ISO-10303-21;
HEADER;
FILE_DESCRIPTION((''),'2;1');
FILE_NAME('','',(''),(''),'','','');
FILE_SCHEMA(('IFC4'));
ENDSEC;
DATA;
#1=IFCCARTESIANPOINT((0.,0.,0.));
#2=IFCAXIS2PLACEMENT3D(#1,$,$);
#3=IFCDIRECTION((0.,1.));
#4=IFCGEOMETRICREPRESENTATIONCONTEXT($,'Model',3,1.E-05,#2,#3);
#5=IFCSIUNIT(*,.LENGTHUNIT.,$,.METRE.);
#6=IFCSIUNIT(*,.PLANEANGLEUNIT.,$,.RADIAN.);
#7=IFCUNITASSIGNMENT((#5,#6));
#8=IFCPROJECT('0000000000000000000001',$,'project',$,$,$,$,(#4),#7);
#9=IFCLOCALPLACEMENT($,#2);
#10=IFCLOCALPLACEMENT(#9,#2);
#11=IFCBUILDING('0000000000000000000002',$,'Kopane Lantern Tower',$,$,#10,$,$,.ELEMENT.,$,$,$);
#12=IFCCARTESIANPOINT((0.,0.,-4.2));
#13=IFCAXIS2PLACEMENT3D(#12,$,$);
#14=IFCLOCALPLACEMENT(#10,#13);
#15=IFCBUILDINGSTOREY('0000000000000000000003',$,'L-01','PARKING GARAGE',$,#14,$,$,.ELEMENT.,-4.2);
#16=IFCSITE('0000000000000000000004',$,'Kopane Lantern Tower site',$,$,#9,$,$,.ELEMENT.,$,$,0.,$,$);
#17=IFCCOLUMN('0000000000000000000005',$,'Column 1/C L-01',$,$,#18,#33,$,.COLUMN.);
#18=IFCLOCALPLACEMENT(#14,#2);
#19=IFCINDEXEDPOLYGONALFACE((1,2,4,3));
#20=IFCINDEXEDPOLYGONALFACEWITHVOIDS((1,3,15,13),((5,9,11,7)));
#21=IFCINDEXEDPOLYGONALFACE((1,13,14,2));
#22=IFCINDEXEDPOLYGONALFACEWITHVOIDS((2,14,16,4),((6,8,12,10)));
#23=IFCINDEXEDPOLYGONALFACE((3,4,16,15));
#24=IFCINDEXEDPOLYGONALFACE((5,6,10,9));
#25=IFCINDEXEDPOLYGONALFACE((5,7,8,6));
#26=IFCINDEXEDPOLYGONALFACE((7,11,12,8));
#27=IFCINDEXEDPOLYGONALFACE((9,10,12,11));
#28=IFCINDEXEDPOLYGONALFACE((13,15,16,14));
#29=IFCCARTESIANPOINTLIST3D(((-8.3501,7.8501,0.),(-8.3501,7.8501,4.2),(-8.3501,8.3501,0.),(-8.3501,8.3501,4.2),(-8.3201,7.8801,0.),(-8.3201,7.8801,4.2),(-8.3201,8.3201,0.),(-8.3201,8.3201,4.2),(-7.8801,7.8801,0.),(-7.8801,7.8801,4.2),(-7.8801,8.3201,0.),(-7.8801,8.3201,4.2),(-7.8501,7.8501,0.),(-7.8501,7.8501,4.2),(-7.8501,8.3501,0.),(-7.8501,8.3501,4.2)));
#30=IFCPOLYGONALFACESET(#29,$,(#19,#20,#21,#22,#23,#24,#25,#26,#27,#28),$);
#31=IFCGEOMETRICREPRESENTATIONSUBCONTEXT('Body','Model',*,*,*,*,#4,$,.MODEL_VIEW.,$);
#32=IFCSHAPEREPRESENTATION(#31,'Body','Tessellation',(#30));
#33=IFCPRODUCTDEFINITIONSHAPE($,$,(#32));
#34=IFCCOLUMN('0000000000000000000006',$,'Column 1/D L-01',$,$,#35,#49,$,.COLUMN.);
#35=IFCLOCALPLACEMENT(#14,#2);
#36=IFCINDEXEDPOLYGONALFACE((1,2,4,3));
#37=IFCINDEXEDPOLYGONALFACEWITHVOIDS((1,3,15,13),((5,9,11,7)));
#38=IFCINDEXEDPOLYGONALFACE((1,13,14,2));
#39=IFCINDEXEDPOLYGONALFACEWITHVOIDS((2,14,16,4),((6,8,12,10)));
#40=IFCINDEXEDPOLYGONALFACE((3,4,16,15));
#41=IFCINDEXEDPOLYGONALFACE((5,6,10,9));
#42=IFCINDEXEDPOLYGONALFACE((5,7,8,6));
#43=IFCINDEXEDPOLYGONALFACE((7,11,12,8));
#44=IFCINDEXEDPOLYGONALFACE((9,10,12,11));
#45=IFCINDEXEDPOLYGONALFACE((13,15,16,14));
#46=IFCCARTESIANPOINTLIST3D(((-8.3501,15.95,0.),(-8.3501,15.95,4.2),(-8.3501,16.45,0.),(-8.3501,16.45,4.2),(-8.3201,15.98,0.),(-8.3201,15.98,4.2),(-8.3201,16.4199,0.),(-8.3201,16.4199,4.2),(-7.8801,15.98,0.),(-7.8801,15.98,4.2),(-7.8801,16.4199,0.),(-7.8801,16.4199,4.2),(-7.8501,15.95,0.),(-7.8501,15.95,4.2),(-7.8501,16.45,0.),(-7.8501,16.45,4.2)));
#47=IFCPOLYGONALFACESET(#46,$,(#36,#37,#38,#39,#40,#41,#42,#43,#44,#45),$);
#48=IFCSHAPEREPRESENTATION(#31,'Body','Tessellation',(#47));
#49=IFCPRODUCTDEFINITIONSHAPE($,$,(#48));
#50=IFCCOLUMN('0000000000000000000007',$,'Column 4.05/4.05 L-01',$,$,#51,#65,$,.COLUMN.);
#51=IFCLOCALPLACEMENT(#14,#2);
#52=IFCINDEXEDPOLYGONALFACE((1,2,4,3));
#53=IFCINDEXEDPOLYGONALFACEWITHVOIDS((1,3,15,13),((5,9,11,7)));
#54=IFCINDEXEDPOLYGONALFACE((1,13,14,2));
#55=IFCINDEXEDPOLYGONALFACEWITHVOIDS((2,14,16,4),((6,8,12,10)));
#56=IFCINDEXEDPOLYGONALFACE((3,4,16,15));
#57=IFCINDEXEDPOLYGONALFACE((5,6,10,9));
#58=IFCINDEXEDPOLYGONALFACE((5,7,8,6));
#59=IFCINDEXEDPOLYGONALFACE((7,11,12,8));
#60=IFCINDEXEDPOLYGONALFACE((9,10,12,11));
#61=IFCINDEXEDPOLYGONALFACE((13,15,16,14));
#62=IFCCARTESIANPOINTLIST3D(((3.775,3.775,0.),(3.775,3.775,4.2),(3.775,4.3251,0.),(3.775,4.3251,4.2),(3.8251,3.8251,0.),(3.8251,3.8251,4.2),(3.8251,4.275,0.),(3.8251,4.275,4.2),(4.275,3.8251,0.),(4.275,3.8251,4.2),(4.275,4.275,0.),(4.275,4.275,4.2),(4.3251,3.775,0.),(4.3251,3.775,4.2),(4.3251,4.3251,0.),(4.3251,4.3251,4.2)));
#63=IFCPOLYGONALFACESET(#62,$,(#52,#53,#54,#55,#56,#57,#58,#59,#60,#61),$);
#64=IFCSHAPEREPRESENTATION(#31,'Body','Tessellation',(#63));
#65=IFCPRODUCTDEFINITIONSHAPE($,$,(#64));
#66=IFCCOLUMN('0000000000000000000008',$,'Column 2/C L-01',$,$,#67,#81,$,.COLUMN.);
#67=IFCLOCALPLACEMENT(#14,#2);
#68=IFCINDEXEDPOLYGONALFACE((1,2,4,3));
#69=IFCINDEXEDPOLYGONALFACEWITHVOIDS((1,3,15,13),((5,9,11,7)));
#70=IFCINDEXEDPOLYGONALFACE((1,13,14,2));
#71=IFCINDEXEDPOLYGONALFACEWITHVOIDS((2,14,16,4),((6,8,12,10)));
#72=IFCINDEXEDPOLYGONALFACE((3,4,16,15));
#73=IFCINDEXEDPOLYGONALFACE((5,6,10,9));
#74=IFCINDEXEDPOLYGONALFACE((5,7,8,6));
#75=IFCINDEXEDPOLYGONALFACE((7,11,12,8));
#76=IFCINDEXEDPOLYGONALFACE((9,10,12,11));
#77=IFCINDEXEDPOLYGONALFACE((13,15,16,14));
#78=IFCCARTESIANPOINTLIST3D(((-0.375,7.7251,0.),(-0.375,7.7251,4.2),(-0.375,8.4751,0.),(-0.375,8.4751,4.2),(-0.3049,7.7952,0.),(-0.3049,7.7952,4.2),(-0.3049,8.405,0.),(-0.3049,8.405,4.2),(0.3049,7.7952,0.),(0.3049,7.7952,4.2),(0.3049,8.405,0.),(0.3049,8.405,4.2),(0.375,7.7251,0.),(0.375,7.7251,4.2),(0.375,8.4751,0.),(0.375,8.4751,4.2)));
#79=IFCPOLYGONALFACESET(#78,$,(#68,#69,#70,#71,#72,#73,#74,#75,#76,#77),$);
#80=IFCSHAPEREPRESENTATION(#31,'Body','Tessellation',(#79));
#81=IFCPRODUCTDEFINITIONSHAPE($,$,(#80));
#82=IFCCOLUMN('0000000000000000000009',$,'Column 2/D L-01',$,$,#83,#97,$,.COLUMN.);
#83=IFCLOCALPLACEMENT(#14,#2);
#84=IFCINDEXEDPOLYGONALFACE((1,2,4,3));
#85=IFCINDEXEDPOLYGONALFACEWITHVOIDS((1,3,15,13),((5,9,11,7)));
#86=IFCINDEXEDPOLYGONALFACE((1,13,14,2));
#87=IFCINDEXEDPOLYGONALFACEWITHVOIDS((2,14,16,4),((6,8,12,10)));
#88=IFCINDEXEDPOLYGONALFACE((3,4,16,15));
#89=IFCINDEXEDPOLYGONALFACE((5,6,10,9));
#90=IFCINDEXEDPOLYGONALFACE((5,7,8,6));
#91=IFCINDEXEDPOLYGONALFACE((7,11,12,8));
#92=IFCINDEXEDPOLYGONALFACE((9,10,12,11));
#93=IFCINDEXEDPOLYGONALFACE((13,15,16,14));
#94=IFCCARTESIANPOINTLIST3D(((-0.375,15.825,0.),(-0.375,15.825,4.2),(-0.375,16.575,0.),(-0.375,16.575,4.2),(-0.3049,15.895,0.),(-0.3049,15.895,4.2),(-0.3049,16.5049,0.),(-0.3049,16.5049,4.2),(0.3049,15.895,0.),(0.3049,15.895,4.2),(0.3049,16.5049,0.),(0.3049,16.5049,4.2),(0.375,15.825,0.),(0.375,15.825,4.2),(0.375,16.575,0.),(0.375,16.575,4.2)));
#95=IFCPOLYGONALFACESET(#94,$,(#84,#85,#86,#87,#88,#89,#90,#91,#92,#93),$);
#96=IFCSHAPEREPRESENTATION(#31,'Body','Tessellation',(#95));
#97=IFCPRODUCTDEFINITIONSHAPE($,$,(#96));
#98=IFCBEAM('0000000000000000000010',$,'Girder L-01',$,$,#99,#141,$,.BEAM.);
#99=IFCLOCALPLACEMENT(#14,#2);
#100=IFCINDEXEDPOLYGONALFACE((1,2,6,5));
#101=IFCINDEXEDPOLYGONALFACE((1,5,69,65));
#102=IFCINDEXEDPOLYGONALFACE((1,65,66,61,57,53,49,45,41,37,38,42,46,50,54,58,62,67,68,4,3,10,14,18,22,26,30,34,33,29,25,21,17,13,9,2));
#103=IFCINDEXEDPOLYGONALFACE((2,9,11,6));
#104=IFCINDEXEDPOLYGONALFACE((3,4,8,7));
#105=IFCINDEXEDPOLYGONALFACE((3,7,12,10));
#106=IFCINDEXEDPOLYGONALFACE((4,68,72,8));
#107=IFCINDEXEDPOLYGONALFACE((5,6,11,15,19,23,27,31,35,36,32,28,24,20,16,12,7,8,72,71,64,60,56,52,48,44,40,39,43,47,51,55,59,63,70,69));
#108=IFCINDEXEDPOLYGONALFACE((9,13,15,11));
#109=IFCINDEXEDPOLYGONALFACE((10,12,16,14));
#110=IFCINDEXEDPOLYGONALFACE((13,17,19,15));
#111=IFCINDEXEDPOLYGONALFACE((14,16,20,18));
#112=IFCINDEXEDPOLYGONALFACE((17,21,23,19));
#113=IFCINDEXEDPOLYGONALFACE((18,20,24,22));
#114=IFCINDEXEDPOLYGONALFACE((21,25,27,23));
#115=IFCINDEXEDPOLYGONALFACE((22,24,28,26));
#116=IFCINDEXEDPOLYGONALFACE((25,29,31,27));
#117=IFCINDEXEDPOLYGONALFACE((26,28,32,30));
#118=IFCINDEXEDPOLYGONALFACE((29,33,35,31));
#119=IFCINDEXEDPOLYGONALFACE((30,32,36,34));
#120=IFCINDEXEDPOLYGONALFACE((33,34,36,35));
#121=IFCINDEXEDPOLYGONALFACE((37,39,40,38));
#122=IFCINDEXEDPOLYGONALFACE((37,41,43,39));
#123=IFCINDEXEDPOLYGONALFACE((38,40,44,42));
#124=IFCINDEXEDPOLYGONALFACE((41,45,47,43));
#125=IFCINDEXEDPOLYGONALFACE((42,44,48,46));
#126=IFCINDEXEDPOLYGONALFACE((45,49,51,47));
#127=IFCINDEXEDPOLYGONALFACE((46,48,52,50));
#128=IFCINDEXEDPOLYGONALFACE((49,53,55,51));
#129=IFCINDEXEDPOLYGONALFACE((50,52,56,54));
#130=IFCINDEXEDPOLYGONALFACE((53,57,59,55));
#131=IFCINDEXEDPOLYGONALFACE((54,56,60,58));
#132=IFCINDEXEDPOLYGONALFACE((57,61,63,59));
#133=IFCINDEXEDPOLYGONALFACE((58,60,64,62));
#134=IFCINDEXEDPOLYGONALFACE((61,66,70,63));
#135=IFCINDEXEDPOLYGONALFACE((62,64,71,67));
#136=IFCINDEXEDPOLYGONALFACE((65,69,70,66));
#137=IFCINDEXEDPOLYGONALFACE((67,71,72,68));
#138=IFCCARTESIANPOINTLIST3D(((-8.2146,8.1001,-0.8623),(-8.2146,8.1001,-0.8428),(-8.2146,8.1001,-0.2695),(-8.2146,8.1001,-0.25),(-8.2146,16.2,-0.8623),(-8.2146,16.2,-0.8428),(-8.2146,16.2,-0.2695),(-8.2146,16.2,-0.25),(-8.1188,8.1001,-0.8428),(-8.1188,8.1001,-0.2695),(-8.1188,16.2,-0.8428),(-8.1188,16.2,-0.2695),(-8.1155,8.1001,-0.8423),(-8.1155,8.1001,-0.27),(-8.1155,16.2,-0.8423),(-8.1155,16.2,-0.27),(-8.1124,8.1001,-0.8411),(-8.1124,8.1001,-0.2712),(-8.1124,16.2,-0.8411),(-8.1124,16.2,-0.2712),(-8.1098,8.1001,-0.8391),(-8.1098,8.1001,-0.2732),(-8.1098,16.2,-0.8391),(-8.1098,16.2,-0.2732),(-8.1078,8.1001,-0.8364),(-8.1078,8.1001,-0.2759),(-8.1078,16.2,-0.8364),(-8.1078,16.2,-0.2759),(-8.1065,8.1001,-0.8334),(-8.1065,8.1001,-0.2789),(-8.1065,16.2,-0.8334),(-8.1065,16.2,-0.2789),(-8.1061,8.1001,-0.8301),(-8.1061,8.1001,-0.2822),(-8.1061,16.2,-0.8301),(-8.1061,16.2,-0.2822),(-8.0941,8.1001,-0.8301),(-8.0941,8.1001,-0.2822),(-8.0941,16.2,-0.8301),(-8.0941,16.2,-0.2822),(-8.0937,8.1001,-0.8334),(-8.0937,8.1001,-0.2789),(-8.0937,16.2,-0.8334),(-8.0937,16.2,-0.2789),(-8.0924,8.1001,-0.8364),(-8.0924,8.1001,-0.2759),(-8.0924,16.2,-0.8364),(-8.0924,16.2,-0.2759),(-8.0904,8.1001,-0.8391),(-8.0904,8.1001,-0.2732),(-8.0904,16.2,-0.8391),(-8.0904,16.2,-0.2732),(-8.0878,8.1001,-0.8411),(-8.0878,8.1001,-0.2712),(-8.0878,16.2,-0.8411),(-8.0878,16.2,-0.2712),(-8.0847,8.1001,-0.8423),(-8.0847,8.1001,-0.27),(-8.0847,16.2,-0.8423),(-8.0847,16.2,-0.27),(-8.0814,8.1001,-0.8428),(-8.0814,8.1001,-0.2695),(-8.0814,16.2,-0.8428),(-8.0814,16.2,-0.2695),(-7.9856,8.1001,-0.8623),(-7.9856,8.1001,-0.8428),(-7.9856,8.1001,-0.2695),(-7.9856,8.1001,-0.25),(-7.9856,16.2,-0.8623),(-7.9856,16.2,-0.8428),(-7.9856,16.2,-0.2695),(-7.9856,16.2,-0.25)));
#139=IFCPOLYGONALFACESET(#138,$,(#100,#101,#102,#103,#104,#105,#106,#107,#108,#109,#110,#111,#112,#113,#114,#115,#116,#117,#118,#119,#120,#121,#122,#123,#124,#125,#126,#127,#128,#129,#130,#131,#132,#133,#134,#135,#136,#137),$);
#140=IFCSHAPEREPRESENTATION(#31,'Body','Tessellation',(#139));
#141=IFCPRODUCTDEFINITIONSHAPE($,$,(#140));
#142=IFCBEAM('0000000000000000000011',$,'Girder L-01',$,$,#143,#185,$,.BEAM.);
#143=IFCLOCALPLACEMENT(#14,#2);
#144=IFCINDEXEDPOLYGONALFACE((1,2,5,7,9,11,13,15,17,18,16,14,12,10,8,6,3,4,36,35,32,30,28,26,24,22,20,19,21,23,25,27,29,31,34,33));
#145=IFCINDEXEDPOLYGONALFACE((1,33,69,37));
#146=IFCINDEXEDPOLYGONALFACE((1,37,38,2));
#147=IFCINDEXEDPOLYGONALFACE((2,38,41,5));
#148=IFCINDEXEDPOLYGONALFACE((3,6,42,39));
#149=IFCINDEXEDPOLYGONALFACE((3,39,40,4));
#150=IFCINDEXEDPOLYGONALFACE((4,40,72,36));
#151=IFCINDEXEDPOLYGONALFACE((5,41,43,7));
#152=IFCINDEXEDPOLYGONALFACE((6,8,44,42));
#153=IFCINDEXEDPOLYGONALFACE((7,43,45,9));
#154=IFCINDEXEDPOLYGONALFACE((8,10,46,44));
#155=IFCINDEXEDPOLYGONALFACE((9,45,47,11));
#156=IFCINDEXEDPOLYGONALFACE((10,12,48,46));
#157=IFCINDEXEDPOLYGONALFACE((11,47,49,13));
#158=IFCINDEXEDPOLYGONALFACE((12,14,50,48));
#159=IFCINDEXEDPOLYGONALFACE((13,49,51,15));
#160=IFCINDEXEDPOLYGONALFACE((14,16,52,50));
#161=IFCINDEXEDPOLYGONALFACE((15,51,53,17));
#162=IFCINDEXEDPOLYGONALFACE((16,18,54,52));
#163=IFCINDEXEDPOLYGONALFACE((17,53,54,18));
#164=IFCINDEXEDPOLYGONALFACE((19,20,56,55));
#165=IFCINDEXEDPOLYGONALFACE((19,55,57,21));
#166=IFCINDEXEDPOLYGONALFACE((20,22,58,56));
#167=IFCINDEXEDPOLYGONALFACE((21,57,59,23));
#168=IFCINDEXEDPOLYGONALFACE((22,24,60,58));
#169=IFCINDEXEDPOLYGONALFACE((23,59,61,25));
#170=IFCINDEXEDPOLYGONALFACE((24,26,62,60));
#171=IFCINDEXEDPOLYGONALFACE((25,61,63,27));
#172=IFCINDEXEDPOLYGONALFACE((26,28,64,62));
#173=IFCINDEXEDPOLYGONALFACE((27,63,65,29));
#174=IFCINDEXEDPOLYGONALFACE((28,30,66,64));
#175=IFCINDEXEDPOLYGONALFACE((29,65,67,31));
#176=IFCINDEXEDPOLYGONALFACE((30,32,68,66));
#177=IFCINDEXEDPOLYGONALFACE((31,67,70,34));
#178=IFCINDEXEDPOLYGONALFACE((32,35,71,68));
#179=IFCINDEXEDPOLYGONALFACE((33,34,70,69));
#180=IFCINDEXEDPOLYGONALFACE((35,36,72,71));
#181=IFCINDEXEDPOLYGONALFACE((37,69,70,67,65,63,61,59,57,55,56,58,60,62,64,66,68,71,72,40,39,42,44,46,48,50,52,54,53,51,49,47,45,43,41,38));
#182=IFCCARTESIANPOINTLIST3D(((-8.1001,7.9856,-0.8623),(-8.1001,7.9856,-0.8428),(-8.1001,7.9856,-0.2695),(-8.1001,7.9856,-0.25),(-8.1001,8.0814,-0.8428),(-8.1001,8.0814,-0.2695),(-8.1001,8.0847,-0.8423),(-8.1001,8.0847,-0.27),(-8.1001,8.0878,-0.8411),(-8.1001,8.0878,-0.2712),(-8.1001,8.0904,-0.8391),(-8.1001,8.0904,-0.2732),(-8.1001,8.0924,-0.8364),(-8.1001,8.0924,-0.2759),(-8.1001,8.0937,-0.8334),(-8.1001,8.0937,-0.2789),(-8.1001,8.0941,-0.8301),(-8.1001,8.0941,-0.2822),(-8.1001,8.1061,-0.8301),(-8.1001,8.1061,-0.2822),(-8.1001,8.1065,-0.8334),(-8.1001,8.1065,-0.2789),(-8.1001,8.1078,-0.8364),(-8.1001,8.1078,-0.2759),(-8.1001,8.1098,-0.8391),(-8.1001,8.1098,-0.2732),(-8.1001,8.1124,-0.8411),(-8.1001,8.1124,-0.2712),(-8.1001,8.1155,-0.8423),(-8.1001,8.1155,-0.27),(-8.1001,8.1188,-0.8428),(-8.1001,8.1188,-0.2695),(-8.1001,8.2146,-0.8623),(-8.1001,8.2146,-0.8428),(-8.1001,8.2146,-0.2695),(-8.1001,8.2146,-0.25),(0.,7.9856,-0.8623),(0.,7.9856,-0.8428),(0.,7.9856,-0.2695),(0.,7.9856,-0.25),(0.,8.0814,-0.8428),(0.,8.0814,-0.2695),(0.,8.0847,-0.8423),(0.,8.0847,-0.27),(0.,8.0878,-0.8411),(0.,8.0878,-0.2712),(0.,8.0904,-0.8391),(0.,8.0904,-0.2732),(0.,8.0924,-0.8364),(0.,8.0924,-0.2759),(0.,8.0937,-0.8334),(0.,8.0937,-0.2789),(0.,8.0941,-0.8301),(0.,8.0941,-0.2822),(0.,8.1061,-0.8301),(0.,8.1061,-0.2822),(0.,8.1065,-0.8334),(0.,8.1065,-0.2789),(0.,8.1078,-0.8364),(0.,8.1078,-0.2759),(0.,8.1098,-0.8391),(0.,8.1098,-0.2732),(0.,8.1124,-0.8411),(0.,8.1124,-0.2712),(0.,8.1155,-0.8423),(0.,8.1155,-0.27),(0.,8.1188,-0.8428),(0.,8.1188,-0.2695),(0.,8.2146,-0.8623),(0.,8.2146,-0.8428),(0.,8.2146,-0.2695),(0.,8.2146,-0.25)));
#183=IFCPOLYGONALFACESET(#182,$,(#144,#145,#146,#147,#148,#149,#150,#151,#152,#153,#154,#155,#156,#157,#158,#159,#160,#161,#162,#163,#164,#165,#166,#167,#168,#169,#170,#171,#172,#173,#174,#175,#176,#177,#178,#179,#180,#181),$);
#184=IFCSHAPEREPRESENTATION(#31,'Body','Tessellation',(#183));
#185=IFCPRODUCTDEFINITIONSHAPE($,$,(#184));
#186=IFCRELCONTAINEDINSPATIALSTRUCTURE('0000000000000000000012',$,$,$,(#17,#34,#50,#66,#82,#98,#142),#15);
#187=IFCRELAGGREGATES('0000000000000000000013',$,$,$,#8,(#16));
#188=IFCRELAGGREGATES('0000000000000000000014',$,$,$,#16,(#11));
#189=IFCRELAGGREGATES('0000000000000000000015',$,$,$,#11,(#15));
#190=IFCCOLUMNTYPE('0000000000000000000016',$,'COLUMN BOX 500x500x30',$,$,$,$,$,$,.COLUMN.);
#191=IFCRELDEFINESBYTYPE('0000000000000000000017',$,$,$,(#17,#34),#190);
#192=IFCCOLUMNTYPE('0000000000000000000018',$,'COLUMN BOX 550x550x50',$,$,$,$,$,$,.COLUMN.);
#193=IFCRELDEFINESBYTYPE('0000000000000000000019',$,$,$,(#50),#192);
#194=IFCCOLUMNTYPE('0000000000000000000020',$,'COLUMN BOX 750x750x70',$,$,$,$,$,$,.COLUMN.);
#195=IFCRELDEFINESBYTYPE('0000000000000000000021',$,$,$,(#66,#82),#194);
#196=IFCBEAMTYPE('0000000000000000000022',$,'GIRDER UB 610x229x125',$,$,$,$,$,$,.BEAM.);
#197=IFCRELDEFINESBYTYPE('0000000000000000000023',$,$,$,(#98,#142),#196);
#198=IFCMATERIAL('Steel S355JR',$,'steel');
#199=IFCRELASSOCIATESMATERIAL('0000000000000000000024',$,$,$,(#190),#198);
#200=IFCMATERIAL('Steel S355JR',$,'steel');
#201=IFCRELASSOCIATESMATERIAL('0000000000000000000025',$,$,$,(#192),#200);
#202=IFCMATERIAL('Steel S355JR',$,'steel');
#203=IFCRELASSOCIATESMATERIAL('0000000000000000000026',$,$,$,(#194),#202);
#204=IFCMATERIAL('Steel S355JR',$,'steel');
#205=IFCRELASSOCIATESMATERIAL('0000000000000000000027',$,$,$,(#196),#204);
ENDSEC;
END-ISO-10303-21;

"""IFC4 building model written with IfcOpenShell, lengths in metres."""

from ifc_helpers import new_model, si_unit, direction, frame, origin, origin_2d, place, context, subcontext, project, spatial, hollow_rectangle, i_section, extrude, material, material_profile, profile_set, type_object, element, save


model = new_model("IFC4")

# Units and contexts
model_context = context("Model", 3, precision=1e-05, world=origin(), true_north=direction((0.0, 1.0)))
body_context = subcontext(model_context, "Body", "Model", "MODEL_VIEW")
ifc_project = project(units=[si_unit("LENGTHUNIT", "METRE"), si_unit("PLANEANGLEUNIT", "RADIAN")], contexts=[model_context])

# Site, building, storey
site_placement = place(None, origin())
site = spatial("IfcSite", under=ifc_project, at=site_placement, Name="Kopane Lantern Tower site", CompositionType="ELEMENT", RefElevation=0.0)
building_placement = place(site_placement, origin())
building = spatial("IfcBuilding", under=site, at=building_placement, Name="Kopane Lantern Tower", CompositionType="ELEMENT")
storey_placement = place(building_placement, frame((0.0, 0.0, -4.2)))
storey = spatial("IfcBuildingStorey", under=building, at=storey_placement, Name="L-01", Description="PARKING GARAGE", CompositionType="ELEMENT", Elevation=-4.2)

# Columns
ifc_material_1 = material(Name="Steel S355JR", Category="steel")
ifc_material_profile_1 = material_profile(ifc_material_1, hollow_rectangle(XDim=0.5, YDim=0.5, WallThickness=0.03, at=origin_2d()), Name="BOX 500x500x30")
ifc_profile_set_1 = profile_set([ifc_material_profile_1], Name="Steel S355JR")
column_type_1 = type_object("IfcColumnType", Name="COLUMN BOX 500x500x30", PredefinedType="COLUMN", material=ifc_profile_set_1)
for number, where, z_axis, x_axis, name in (
    (1, (-8.1001, 8.1001, 0.0), (0.0, 0.0, 1.0), (1.0, 0.0, 0.0), "Column 1/C L-01"),
    (2, (-8.1001, 16.2, 0.0), (0.0, 0.0, 1.0), (1.0, 0.0, 0.0), "Column 1/D L-01"),
):
    element("IfcColumn", number, at=place(storey_placement, frame(where, z_axis=z_axis, x_axis=x_axis)), inside=storey, type_object=column_type_1, Name=name, PredefinedType="COLUMN", context=body_context, shape_type="SweptSolid", body=[
        extrude(hollow_rectangle(XDim=0.5, YDim=0.5, WallThickness=0.03, at=origin_2d()), origin(), (0.0, 0.0, 1.0), 4.2),
    ])
ifc_material_2 = material(Name="Steel S355JR", Category="steel")
ifc_material_profile_2 = material_profile(ifc_material_2, hollow_rectangle(XDim=0.55, YDim=0.55, WallThickness=0.05, at=origin_2d()), Name="BOX 550x550x50")
ifc_profile_set_2 = profile_set([ifc_material_profile_2], Name="Steel S355JR")
column_type_2 = type_object("IfcColumnType", Name="COLUMN BOX 550x550x50", PredefinedType="COLUMN", material=ifc_profile_set_2)
column_placement = place(storey_placement, frame((4.05, 4.05, 0.0), z_axis=(0.0, 0.0, 1.0), x_axis=(1.0, 0.0, 0.0)))
element("IfcColumn", 3, at=column_placement, inside=storey, type_object=column_type_2, Name="Column 4.05/4.05 L-01", PredefinedType="COLUMN", context=body_context, shape_type="SweptSolid", body=[
    extrude(hollow_rectangle(XDim=0.55, YDim=0.55, WallThickness=0.05, at=origin_2d()), origin(), (0.0, 0.0, 1.0), 4.2),
])
ifc_material_3 = material(Name="Steel S355JR", Category="steel")
ifc_material_profile_3 = material_profile(ifc_material_3, hollow_rectangle(XDim=0.75, YDim=0.75, WallThickness=0.0701, at=origin_2d()), Name="BOX 750x750x70")
ifc_profile_set_3 = profile_set([ifc_material_profile_3], Name="Steel S355JR")
column_type_3 = type_object("IfcColumnType", Name="COLUMN BOX 750x750x70", PredefinedType="COLUMN", material=ifc_profile_set_3)
for number, where, z_axis, x_axis, name in (
    (4, (0.0, 8.1001, 0.0), (0.0, 0.0, 1.0), (1.0, 0.0, 0.0), "Column 2/C L-01"),
    (5, (0.0, 16.2, 0.0), (0.0, 0.0, 1.0), (1.0, 0.0, 0.0), "Column 2/D L-01"),
):
    element("IfcColumn", number, at=place(storey_placement, frame(where, z_axis=z_axis, x_axis=x_axis)), inside=storey, type_object=column_type_3, Name=name, PredefinedType="COLUMN", context=body_context, shape_type="SweptSolid", body=[
        extrude(hollow_rectangle(XDim=0.75, YDim=0.75, WallThickness=0.0701, at=origin_2d()), origin(), (0.0, 0.0, 1.0), 4.2),
    ])

# Beams
ifc_material_4 = material(Name="Steel S355JR", Category="steel")
ifc_material_profile_4 = material_profile(ifc_material_4, i_section(OverallWidth=0.229, OverallDepth=0.6123, WebThickness=0.012, FlangeThickness=0.0195, FilletRadius=0.0127, at=origin_2d()), Name="UB 610x229x125")
ifc_profile_set_4 = profile_set([ifc_material_profile_4], Name="Steel S355JR")
beam_type = type_object("IfcBeamType", Name="GIRDER UB 610x229x125", PredefinedType="BEAM", material=ifc_profile_set_4)
beam_1_placement = place(storey_placement, frame((-8.1001, 8.1001, -0.5562), z_axis=(0.0, 1.0, 0.0), x_axis=(-1.0, 0.0, 0.0)))
element("IfcBeam", 6, at=beam_1_placement, inside=storey, type_object=beam_type, Name="Girder L-01", PredefinedType="BEAM", context=body_context, shape_type="SweptSolid", body=[
    extrude(i_section(OverallWidth=0.229, OverallDepth=0.6123, WebThickness=0.012, FlangeThickness=0.0195, FilletRadius=0.0127, at=origin_2d()), origin(), (0.0, 0.0, 1.0), 8.0999),
])
for number, where, z_axis, x_axis, name in (
    (7, (-8.1001, 8.1001, -0.5562), (1.0, 0.0, 0.0), (0.0, 1.0, 0.0), "Girder L-01"),
):
    element("IfcBeam", number, at=place(storey_placement, frame(where, z_axis=z_axis, x_axis=x_axis)), inside=storey, type_object=beam_type, Name=name, PredefinedType="BEAM", context=body_context, shape_type="SweptSolid", body=[
        extrude(i_section(OverallWidth=0.229, OverallDepth=0.6123, WebThickness=0.012, FlangeThickness=0.0195, FilletRadius=0.0127, at=origin_2d()), origin(), (0.0, 0.0, 1.0), 8.1001),
    ])

save(model, "model.ifc")
